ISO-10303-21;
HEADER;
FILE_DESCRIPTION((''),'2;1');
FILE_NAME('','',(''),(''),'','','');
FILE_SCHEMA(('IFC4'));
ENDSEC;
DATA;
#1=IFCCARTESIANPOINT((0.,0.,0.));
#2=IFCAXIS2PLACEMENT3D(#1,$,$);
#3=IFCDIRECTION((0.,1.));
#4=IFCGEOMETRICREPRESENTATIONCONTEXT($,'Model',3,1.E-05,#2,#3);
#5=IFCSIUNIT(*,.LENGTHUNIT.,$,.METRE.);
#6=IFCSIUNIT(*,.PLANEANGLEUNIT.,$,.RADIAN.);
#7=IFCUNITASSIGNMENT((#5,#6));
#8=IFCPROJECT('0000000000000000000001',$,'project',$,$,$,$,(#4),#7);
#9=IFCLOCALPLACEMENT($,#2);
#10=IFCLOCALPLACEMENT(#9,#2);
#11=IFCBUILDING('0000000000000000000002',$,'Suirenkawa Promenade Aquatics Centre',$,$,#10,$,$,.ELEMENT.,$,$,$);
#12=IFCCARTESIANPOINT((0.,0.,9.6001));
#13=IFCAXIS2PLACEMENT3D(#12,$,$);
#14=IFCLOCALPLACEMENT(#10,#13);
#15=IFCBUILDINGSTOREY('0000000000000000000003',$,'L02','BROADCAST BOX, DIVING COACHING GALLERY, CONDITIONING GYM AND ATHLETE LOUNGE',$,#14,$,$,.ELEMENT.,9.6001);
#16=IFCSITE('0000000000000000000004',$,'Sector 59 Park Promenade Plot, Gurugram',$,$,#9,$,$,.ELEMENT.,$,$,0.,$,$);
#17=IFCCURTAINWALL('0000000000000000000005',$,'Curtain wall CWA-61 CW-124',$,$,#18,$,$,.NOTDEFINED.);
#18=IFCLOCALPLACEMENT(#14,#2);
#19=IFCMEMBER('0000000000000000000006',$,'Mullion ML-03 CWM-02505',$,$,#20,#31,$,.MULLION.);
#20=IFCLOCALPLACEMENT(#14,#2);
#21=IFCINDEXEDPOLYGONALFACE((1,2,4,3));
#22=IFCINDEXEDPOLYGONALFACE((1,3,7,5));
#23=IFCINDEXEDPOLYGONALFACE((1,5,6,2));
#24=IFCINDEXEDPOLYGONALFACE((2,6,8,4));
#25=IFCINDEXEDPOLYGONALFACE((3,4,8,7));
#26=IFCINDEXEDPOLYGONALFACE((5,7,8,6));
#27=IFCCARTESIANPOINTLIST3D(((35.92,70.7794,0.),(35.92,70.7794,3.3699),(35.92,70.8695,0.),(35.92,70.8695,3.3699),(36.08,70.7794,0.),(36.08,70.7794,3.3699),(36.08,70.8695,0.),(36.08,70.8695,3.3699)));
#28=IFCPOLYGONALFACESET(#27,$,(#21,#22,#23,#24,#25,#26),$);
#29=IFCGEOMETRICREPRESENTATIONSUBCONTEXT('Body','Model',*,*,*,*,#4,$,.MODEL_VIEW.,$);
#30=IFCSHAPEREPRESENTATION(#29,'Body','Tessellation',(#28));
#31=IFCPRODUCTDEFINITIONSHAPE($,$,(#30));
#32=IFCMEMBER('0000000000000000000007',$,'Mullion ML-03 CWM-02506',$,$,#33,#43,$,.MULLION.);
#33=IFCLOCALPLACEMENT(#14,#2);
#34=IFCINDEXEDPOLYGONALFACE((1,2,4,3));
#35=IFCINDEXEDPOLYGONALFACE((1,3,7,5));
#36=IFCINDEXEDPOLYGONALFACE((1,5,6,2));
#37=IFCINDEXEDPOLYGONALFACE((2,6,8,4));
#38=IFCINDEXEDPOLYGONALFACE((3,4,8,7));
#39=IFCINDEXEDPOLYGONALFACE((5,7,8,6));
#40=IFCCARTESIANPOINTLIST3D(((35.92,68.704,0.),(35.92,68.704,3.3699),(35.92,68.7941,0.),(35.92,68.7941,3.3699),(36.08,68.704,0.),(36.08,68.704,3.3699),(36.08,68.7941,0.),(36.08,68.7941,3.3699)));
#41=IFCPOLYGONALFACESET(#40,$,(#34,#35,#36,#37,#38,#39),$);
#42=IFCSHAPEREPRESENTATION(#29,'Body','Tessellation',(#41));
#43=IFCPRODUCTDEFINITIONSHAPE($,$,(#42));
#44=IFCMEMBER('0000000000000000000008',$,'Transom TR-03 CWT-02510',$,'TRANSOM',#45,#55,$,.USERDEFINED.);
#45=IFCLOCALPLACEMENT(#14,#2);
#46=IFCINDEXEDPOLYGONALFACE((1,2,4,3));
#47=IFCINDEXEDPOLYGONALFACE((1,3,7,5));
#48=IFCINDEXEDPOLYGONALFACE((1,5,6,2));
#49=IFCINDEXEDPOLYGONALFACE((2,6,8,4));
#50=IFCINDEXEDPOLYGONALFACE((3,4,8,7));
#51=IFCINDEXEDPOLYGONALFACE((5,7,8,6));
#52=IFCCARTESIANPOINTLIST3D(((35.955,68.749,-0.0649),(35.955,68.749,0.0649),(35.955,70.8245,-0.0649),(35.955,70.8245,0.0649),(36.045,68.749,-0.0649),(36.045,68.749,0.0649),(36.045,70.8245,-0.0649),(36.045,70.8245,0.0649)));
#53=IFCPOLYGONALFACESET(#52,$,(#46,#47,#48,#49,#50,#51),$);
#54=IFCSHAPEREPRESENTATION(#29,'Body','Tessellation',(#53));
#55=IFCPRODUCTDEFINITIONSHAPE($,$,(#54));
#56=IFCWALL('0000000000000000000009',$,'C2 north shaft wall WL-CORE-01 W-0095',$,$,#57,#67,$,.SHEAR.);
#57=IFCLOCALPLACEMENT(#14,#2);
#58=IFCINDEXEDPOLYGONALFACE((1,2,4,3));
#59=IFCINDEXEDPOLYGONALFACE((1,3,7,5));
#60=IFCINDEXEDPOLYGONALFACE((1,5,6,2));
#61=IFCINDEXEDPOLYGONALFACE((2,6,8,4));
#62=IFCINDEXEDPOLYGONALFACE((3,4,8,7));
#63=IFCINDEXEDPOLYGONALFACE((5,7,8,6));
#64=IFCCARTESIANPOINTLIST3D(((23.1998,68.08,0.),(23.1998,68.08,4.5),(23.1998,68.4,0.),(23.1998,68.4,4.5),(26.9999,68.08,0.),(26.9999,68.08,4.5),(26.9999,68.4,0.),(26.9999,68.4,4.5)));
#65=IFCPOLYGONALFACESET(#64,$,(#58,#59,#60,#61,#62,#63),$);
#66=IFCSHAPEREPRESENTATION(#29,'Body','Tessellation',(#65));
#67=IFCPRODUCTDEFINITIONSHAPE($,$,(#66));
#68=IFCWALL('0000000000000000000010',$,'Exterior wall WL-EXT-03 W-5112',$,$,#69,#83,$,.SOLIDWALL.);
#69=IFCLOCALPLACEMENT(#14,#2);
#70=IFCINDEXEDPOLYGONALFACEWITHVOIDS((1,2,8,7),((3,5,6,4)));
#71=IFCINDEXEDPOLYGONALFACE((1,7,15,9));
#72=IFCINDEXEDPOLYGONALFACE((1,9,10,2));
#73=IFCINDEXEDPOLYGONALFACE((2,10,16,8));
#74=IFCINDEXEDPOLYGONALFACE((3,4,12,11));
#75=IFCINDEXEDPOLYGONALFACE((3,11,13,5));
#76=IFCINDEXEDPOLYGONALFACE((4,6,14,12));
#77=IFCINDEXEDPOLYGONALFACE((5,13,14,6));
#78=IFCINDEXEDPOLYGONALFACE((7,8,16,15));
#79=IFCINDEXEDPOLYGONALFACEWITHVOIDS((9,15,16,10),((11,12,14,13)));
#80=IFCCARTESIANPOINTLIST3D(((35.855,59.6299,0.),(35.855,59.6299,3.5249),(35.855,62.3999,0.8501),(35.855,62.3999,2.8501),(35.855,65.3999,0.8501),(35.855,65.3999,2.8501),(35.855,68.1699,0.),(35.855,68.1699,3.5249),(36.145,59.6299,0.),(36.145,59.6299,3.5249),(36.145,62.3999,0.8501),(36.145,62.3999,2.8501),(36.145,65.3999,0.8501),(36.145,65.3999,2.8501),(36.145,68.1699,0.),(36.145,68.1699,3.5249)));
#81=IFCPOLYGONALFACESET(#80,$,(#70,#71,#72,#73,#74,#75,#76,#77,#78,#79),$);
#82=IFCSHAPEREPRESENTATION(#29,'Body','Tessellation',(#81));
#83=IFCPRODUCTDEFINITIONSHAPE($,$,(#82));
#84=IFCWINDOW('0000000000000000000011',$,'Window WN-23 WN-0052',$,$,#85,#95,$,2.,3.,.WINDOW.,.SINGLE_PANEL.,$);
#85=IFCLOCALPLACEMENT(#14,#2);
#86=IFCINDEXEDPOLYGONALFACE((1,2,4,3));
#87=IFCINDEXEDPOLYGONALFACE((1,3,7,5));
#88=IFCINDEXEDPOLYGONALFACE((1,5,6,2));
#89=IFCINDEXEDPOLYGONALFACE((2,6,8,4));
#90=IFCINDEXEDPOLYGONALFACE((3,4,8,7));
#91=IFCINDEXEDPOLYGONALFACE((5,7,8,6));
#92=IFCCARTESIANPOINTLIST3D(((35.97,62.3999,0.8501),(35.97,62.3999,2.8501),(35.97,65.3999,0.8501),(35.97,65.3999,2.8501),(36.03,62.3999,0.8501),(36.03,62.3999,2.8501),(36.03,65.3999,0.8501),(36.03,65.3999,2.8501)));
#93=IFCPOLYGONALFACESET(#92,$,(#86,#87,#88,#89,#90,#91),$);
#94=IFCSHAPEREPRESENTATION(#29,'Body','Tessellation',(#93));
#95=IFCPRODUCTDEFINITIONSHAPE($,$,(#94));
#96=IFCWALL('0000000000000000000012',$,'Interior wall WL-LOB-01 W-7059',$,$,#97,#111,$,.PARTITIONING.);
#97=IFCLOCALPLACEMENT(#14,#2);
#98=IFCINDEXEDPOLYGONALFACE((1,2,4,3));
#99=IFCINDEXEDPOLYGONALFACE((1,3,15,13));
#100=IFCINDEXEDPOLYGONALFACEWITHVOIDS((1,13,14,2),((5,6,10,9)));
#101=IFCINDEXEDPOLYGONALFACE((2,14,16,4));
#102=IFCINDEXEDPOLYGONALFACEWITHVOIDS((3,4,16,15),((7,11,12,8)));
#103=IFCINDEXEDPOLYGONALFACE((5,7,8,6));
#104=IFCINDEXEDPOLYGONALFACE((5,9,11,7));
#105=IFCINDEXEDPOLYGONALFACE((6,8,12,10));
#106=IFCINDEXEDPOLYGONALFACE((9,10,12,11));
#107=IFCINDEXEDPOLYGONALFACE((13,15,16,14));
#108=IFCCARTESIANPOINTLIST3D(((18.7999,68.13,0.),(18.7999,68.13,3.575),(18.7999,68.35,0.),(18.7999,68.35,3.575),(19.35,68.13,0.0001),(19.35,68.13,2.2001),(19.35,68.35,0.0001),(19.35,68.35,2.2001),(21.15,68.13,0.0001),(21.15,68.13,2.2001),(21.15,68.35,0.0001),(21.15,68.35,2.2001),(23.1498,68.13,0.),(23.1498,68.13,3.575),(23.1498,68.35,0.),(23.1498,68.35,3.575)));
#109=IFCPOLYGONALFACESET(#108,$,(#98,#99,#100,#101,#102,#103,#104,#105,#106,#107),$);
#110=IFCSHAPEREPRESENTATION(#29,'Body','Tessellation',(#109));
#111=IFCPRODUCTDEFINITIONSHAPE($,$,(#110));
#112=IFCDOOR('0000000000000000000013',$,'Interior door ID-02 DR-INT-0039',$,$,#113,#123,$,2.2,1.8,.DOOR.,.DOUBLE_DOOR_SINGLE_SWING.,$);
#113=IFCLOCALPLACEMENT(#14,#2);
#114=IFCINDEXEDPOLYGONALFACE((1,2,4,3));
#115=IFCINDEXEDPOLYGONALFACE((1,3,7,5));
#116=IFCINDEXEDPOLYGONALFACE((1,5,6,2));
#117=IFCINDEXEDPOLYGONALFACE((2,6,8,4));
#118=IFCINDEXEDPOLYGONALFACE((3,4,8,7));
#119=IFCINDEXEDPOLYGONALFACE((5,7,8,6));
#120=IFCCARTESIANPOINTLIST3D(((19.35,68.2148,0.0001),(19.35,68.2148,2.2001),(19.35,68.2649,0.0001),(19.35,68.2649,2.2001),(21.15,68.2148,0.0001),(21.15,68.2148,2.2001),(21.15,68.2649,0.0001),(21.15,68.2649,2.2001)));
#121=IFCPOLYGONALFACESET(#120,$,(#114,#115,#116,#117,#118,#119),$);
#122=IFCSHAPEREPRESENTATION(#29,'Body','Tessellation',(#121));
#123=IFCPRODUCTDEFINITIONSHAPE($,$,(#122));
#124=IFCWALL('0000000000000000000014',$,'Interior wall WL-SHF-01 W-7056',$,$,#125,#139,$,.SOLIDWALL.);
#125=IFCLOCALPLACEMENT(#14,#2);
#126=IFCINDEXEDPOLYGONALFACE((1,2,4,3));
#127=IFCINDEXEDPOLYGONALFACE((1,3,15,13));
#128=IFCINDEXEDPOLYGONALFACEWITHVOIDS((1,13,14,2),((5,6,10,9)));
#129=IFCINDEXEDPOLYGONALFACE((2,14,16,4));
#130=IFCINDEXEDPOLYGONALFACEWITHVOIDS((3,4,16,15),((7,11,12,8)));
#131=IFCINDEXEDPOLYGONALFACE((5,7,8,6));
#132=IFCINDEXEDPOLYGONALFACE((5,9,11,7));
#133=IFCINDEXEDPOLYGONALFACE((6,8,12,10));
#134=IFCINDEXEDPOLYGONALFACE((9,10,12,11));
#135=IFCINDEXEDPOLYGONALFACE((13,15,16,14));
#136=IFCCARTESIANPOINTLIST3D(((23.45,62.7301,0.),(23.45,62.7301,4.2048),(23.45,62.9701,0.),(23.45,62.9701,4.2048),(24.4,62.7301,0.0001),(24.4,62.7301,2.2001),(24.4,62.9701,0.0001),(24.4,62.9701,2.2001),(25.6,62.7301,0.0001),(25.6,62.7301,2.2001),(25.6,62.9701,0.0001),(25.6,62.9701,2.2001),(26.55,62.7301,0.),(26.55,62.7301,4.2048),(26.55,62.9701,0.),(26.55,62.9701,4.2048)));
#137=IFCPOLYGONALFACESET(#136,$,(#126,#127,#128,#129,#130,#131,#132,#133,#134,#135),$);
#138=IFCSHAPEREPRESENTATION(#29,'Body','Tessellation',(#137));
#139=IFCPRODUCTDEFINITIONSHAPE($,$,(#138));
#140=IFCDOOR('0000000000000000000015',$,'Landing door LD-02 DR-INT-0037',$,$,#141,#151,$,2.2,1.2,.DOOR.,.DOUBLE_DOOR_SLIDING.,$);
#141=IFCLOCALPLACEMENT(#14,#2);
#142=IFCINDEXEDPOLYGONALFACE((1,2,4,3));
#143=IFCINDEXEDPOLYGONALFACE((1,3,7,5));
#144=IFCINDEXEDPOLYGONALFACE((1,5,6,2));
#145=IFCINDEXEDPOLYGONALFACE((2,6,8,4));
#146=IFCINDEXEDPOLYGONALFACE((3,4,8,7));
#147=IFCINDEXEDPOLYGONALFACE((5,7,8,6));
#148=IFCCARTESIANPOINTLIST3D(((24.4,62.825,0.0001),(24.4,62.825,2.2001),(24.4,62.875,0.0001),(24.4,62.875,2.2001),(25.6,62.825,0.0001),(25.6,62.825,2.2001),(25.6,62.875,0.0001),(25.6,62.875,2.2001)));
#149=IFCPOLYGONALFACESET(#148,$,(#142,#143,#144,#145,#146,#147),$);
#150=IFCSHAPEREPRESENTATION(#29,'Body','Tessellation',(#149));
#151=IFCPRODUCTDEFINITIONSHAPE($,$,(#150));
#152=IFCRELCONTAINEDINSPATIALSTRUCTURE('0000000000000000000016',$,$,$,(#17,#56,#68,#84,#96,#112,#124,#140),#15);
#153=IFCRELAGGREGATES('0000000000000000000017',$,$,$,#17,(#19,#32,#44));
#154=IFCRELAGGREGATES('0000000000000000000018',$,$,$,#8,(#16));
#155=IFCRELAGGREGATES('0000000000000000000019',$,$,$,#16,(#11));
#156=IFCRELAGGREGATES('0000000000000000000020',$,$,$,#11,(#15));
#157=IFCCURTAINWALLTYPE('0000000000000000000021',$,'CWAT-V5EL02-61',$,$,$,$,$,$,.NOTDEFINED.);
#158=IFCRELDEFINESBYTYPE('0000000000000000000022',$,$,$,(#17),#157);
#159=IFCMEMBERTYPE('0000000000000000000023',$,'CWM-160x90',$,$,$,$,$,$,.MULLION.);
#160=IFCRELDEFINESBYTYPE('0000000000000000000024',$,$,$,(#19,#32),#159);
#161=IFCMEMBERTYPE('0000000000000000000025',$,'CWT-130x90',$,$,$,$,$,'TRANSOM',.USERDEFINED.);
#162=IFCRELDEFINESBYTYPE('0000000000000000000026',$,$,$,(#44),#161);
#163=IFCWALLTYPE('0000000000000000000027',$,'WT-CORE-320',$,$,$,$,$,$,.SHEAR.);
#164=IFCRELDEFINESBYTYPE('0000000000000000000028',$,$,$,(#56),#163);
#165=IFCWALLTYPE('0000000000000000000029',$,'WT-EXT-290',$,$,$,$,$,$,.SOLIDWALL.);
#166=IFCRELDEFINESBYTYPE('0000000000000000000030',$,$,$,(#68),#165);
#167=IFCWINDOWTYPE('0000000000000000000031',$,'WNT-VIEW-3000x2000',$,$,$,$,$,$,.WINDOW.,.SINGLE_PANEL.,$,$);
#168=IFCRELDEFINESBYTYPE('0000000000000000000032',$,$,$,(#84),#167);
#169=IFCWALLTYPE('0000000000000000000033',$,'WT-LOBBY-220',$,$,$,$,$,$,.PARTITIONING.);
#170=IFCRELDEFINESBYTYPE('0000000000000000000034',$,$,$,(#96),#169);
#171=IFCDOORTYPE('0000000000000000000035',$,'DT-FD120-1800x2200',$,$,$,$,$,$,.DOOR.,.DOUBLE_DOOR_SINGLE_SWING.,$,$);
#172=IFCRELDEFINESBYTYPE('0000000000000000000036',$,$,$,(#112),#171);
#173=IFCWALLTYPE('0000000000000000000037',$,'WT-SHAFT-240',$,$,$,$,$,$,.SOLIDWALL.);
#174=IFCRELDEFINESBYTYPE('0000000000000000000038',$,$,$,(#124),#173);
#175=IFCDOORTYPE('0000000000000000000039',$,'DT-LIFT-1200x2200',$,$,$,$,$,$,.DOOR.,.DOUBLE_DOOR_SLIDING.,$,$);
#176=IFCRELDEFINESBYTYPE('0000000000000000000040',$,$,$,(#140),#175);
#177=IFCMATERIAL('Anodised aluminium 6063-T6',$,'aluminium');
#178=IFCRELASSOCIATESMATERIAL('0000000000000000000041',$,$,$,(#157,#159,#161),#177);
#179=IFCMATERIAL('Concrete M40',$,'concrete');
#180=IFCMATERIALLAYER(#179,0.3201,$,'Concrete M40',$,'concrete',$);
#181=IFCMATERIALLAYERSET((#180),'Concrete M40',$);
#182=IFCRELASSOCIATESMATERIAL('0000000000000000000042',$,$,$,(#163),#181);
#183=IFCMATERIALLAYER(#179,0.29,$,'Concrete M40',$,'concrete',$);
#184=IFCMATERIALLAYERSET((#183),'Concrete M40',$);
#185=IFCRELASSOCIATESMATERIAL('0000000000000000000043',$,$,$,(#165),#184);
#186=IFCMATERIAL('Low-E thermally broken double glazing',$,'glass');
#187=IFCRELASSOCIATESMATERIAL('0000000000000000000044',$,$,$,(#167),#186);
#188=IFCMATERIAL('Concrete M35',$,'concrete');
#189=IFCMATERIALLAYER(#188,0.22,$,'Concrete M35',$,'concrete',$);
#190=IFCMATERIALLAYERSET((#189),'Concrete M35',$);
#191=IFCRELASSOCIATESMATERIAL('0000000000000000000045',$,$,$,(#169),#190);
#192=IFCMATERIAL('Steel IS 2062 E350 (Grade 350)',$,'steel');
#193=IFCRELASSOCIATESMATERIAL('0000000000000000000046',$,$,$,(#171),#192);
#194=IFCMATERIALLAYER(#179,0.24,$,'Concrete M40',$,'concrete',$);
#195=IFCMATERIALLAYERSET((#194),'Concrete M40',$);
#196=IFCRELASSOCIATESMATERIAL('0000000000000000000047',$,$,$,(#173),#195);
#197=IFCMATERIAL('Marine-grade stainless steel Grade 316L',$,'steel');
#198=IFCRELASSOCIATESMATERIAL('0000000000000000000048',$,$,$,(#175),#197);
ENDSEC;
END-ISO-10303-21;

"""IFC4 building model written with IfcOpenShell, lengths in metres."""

from ifc_helpers import new_model, si_unit, direction, frame, frame_2d, origin, origin_2d, place, context, subcontext, project, spatial, rectangle, extrude, material, layer, layer_set, material_profile, profile_set, type_object, element, fill, aggregate, save


model = new_model("IFC4")

# Units and contexts
model_context = context("Model", 3, precision=1e-05, world=origin(), true_north=direction((0.0, 1.0)))
body_context = subcontext(model_context, "Body", "Model", "MODEL_VIEW")
ifc_project = project(units=[si_unit("LENGTHUNIT", "METRE"), si_unit("PLANEANGLEUNIT", "RADIAN")], contexts=[model_context])

# Site, building, storey
site_placement = place(None, origin())
site = spatial("IfcSite", under=ifc_project, at=site_placement, Name="Sector 59 Park Promenade Plot, Gurugram", CompositionType="ELEMENT", RefElevation=0.0)
building_placement = place(site_placement, origin())
building = spatial("IfcBuilding", under=site, at=building_placement, Name="Suirenkawa Promenade Aquatics Centre", CompositionType="ELEMENT")
storey_placement = place(building_placement, frame((0.0, 0.0, 9.6001)))
storey = spatial("IfcBuildingStorey", under=building, at=storey_placement, Name="L02", Description="BROADCAST BOX, DIVING COACHING GALLERY, CONDITIONING GYM AND ATHLETE LOUNGE", CompositionType="ELEMENT", Elevation=9.6001)

# Shared definitions
ifc_material_1 = material(Name="Concrete M40", Category="concrete")

# Shared definitions
ifc_material_2 = material(Name="Steel IS 2062 E350 (Grade 350)", Category="steel")
ifc_material_3 = material(Name="Concrete M35", Category="concrete")

# Curtain wall, members
ifc_material_4 = material(Name="Anodised aluminium 6063-T6", Category="aluminium")
curtain_wall_type = type_object("IfcCurtainWallType", Name="CWAT-V5EL02-61", PredefinedType="NOTDEFINED", material=ifc_material_4)
curtain_wall_placement = place(storey_placement, origin())
curtain_wall = element("IfcCurtainWall", 1, at=curtain_wall_placement, inside=storey, type_object=curtain_wall_type, Name="Curtain wall CWA-61 CW-124", PredefinedType="NOTDEFINED")
ifc_material_profile_1 = material_profile(ifc_material_4, rectangle(XDim=0.0901, YDim=0.1599, at=origin_2d()), Name="ALU MULL 90x160", Category="aluminium")
ifc_profile_set_1 = profile_set([ifc_material_profile_1], Name="Anodised aluminium 6063-T6")
member_type_1 = type_object("IfcMemberType", Name="CWM-160x90", PredefinedType="MULLION", material=ifc_profile_set_1)
member_1_placement = place(storey_placement, frame((36.0, 70.8245, 0.0), z_axis=(0.0, 0.0, 1.0), x_axis=(0.0, -1.0, 0.0)))
member_1 = element("IfcMember", 2, at=member_1_placement, type_object=member_type_1, Name="Mullion ML-03 CWM-02505", PredefinedType="MULLION", context=body_context, shape_type="SweptSolid", body=[
    extrude(rectangle(XDim=0.0901, YDim=0.1599, at=origin_2d()), origin(), (0.0, 0.0, 1.0), 3.3699),
])
member_2_placement = place(storey_placement, frame((36.0, 68.749, 0.0), z_axis=(0.0, 0.0, 1.0), x_axis=(0.0, -1.0, 0.0)))
member_2 = element("IfcMember", 3, at=member_2_placement, type_object=member_type_1, Name="Mullion ML-03 CWM-02506", PredefinedType="MULLION", context=body_context, shape_type="SweptSolid", body=[
    extrude(rectangle(XDim=0.0901, YDim=0.1599, at=origin_2d()), origin(), (0.0, 0.0, 1.0), 3.3699),
])
ifc_material_profile_2 = material_profile(ifc_material_4, rectangle(XDim=0.0901, YDim=0.1299, at=origin_2d()), Name="ALU TRAN 90x130", Category="aluminium")
ifc_profile_set_2 = profile_set([ifc_material_profile_2], Name="Anodised aluminium 6063-T6")
member_type_2 = type_object("IfcMemberType", Name="CWT-130x90", ElementType="TRANSOM", PredefinedType="USERDEFINED", material=ifc_profile_set_2)
member_3_placement = place(storey_placement, frame((36.0, 70.8245, 0.0), z_axis=(0.0, -1.0, 0.0), x_axis=(1.0, 0.0, 0.0)))
member_3 = element("IfcMember", 4, at=member_3_placement, type_object=member_type_2, Name="Transom TR-03 CWT-02510", ObjectType="TRANSOM", PredefinedType="USERDEFINED", context=body_context, shape_type="SweptSolid", body=[
    extrude(rectangle(XDim=0.0901, YDim=0.1299, at=origin_2d()), origin(), (0.0, 0.0, 1.0), 2.0754),
])
aggregate(curtain_wall, [member_1, member_2, member_3])

# Wall
ifc_layer_1 = layer(ifc_material_1, 0.3201, Name="Concrete M40", Category="concrete")
ifc_layer_set_1 = layer_set([ifc_layer_1], Name="Concrete M40")
wall_type_1 = type_object("IfcWallType", Name="WT-CORE-320", PredefinedType="SHEAR", material=ifc_layer_set_1)
wall_1_placement = place(storey_placement, frame((23.2, 68.24, 0.0), z_axis=(0.0, 0.0, 1.0), x_axis=(1.0, 0.0, 0.0)))
element("IfcWall", 5, at=wall_1_placement, inside=storey, type_object=wall_type_1, Name="C2 north shaft wall WL-CORE-01 W-0095", PredefinedType="SHEAR", context=body_context, shape_type="SweptSolid", body=[
    extrude(rectangle(XDim=3.8, YDim=0.3201, at=frame_2d((1.8999, 0.0))), origin(), (0.0, 0.0, 1.0), 4.5),
])

# Wall, opening, window
ifc_layer_2 = layer(ifc_material_1, 0.29, Name="Concrete M40", Category="concrete")
ifc_layer_set_2 = layer_set([ifc_layer_2], Name="Concrete M40")
wall_type_2 = type_object("IfcWallType", Name="WT-EXT-290", PredefinedType="SOLIDWALL", material=ifc_layer_set_2)
wall_2_placement = place(storey_placement, frame((36.0, 68.1699, 0.0), z_axis=(0.0, 0.0, 1.0), x_axis=(0.0, -1.0, 0.0)))
wall_2 = element("IfcWall", 6, at=wall_2_placement, inside=storey, type_object=wall_type_2, Name="Exterior wall WL-EXT-03 W-5112", PredefinedType="SOLIDWALL", context=body_context, shape_type="SweptSolid", body=[
    extrude(rectangle(XDim=8.54, YDim=0.29, at=frame_2d((4.27, 0.0))), origin(), (0.0, 0.0, 1.0), 3.5249),
])
opening_1_placement = place(wall_2_placement, frame((2.77, 0.0, 0.8501)))
opening_1 = element("IfcOpeningElement", 7, at=opening_1_placement, cuts=wall_2, PredefinedType="OPENING", context=body_context, shape_type="SweptSolid", body=[
    extrude(rectangle(XDim=3.0, YDim=2.0, at=frame_2d((1.5, 1.0))), frame((0.0, 0.155, 0.0), z_axis=(0.0, -1.0, 0.0), x_axis=(1.0, 0.0, 0.0)), (0.0, 0.0, 1.0), 0.3101),
])
ifc_material_5 = material(Name="Low-E thermally broken double glazing", Category="glass")
window_type = type_object("IfcWindowType", Name="WNT-VIEW-3000x2000", PartitioningType="SINGLE_PANEL", PredefinedType="WINDOW", material=ifc_material_5)
window_placement = place(opening_1_placement, origin())
window = element("IfcWindow", 8, at=window_placement, inside=storey, type_object=window_type, Name="Window WN-23 WN-0052", OverallHeight=2.0, OverallWidth=3.0, PartitioningType="SINGLE_PANEL", PredefinedType="WINDOW", context=body_context, shape_type="SweptSolid", body=[
    extrude(rectangle(XDim=3.0, YDim=2.0, at=frame_2d((1.5, 1.0))), frame((0.0, 0.03, 0.0), z_axis=(0.0, -1.0, 0.0), x_axis=(1.0, 0.0, 0.0)), (0.0, 0.0, 1.0), 0.0601),
])
fill(opening_1, window)

# Walls, openings, doors
ifc_layer_3 = layer(ifc_material_3, 0.22, Name="Concrete M35", Category="concrete")
ifc_layer_set_3 = layer_set([ifc_layer_3], Name="Concrete M35")
wall_type_3 = type_object("IfcWallType", Name="WT-LOBBY-220", PredefinedType="PARTITIONING", material=ifc_layer_set_3)
wall_3_placement = place(storey_placement, frame((18.8, 68.24, 0.0), z_axis=(0.0, 0.0, 1.0), x_axis=(1.0, 0.0, 0.0)))
wall_3 = element("IfcWall", 9, at=wall_3_placement, inside=storey, type_object=wall_type_3, Name="Interior wall WL-LOB-01 W-7059", PredefinedType="PARTITIONING", context=body_context, shape_type="SweptSolid", body=[
    extrude(rectangle(XDim=4.3499, YDim=0.22, at=frame_2d((2.1748, 0.0))), origin(), (0.0, 0.0, 1.0), 3.575),
])
opening_2_placement = place(wall_3_placement, frame((0.55, 0.0, 0.0)))
opening_2 = element("IfcOpeningElement", 10, at=opening_2_placement, cuts=wall_3, PredefinedType="OPENING", context=body_context, shape_type="SweptSolid", body=[
    extrude(rectangle(XDim=1.8, YDim=2.2, at=frame_2d((0.8999, 1.1001))), frame((0.0, 0.1199, 0.0), z_axis=(0.0, -1.0, 0.0), x_axis=(1.0, 0.0, 0.0)), (0.0, 0.0, 1.0), 0.24),
])
door_type_1 = type_object("IfcDoorType", Name="DT-FD120-1800x2200", OperationType="DOUBLE_DOOR_SINGLE_SWING", PredefinedType="DOOR", material=ifc_material_2)
door_1_placement = place(opening_2_placement, origin())
door_1 = element("IfcDoor", 11, at=door_1_placement, inside=storey, type_object=door_type_1, Name="Interior door ID-02 DR-INT-0039", OperationType="DOUBLE_DOOR_SINGLE_SWING", OverallHeight=2.2, OverallWidth=1.8, PredefinedType="DOOR", context=body_context, shape_type="SweptSolid", body=[
    extrude(rectangle(XDim=1.8, YDim=2.2, at=frame_2d((0.8999, 1.1001))), frame((0.0, 0.0249, 0.0), z_axis=(0.0, -1.0, 0.0), x_axis=(1.0, 0.0, 0.0)), (0.0, 0.0, 1.0), 0.05),
])
fill(opening_2, door_1)
ifc_layer_4 = layer(ifc_material_1, 0.24, Name="Concrete M40", Category="concrete")
ifc_layer_set_4 = layer_set([ifc_layer_4], Name="Concrete M40")
wall_type_4 = type_object("IfcWallType", Name="WT-SHAFT-240", PredefinedType="SOLIDWALL", material=ifc_layer_set_4)
wall_4_placement = place(storey_placement, frame((23.45, 62.8501, 0.0), z_axis=(0.0, 0.0, 1.0), x_axis=(1.0, 0.0, 0.0)))
wall_4 = element("IfcWall", 12, at=wall_4_placement, inside=storey, type_object=wall_type_4, Name="Interior wall WL-SHF-01 W-7056", PredefinedType="SOLIDWALL", context=body_context, shape_type="SweptSolid", body=[
    extrude(rectangle(XDim=3.1001, YDim=0.24, at=frame_2d((1.55, 0.0))), origin(), (0.0, 0.0, 1.0), 4.2048),
])
opening_3_placement = place(wall_4_placement, frame((0.95, 0.0, 0.0)))
opening_3 = element("IfcOpeningElement", 13, at=opening_3_placement, cuts=wall_4, PredefinedType="OPENING", context=body_context, shape_type="SweptSolid", body=[
    extrude(rectangle(XDim=1.2, YDim=2.2, at=frame_2d((0.6001, 1.1001))), frame((0.0, 0.1299, 0.0), z_axis=(0.0, -1.0, 0.0), x_axis=(1.0, 0.0, 0.0)), (0.0, 0.0, 1.0), 0.26),
])
ifc_material_6 = material(Name="Marine-grade stainless steel Grade 316L", Category="steel")
door_type_2 = type_object("IfcDoorType", Name="DT-LIFT-1200x2200", OperationType="DOUBLE_DOOR_SLIDING", PredefinedType="DOOR", material=ifc_material_6)
door_2_placement = place(opening_3_placement, origin())
door_2 = element("IfcDoor", 14, at=door_2_placement, inside=storey, type_object=door_type_2, Name="Landing door LD-02 DR-INT-0037", OperationType="DOUBLE_DOOR_SLIDING", OverallHeight=2.2, OverallWidth=1.2, PredefinedType="DOOR", context=body_context, shape_type="SweptSolid", body=[
    extrude(rectangle(XDim=1.2, YDim=2.2, at=frame_2d((0.6001, 1.1001))), frame((0.0, 0.0249, 0.0), z_axis=(0.0, -1.0, 0.0), x_axis=(1.0, 0.0, 0.0)), (0.0, 0.0, 1.0), 0.05),
])
fill(opening_3, door_2)

save(model, "model.ifc")
